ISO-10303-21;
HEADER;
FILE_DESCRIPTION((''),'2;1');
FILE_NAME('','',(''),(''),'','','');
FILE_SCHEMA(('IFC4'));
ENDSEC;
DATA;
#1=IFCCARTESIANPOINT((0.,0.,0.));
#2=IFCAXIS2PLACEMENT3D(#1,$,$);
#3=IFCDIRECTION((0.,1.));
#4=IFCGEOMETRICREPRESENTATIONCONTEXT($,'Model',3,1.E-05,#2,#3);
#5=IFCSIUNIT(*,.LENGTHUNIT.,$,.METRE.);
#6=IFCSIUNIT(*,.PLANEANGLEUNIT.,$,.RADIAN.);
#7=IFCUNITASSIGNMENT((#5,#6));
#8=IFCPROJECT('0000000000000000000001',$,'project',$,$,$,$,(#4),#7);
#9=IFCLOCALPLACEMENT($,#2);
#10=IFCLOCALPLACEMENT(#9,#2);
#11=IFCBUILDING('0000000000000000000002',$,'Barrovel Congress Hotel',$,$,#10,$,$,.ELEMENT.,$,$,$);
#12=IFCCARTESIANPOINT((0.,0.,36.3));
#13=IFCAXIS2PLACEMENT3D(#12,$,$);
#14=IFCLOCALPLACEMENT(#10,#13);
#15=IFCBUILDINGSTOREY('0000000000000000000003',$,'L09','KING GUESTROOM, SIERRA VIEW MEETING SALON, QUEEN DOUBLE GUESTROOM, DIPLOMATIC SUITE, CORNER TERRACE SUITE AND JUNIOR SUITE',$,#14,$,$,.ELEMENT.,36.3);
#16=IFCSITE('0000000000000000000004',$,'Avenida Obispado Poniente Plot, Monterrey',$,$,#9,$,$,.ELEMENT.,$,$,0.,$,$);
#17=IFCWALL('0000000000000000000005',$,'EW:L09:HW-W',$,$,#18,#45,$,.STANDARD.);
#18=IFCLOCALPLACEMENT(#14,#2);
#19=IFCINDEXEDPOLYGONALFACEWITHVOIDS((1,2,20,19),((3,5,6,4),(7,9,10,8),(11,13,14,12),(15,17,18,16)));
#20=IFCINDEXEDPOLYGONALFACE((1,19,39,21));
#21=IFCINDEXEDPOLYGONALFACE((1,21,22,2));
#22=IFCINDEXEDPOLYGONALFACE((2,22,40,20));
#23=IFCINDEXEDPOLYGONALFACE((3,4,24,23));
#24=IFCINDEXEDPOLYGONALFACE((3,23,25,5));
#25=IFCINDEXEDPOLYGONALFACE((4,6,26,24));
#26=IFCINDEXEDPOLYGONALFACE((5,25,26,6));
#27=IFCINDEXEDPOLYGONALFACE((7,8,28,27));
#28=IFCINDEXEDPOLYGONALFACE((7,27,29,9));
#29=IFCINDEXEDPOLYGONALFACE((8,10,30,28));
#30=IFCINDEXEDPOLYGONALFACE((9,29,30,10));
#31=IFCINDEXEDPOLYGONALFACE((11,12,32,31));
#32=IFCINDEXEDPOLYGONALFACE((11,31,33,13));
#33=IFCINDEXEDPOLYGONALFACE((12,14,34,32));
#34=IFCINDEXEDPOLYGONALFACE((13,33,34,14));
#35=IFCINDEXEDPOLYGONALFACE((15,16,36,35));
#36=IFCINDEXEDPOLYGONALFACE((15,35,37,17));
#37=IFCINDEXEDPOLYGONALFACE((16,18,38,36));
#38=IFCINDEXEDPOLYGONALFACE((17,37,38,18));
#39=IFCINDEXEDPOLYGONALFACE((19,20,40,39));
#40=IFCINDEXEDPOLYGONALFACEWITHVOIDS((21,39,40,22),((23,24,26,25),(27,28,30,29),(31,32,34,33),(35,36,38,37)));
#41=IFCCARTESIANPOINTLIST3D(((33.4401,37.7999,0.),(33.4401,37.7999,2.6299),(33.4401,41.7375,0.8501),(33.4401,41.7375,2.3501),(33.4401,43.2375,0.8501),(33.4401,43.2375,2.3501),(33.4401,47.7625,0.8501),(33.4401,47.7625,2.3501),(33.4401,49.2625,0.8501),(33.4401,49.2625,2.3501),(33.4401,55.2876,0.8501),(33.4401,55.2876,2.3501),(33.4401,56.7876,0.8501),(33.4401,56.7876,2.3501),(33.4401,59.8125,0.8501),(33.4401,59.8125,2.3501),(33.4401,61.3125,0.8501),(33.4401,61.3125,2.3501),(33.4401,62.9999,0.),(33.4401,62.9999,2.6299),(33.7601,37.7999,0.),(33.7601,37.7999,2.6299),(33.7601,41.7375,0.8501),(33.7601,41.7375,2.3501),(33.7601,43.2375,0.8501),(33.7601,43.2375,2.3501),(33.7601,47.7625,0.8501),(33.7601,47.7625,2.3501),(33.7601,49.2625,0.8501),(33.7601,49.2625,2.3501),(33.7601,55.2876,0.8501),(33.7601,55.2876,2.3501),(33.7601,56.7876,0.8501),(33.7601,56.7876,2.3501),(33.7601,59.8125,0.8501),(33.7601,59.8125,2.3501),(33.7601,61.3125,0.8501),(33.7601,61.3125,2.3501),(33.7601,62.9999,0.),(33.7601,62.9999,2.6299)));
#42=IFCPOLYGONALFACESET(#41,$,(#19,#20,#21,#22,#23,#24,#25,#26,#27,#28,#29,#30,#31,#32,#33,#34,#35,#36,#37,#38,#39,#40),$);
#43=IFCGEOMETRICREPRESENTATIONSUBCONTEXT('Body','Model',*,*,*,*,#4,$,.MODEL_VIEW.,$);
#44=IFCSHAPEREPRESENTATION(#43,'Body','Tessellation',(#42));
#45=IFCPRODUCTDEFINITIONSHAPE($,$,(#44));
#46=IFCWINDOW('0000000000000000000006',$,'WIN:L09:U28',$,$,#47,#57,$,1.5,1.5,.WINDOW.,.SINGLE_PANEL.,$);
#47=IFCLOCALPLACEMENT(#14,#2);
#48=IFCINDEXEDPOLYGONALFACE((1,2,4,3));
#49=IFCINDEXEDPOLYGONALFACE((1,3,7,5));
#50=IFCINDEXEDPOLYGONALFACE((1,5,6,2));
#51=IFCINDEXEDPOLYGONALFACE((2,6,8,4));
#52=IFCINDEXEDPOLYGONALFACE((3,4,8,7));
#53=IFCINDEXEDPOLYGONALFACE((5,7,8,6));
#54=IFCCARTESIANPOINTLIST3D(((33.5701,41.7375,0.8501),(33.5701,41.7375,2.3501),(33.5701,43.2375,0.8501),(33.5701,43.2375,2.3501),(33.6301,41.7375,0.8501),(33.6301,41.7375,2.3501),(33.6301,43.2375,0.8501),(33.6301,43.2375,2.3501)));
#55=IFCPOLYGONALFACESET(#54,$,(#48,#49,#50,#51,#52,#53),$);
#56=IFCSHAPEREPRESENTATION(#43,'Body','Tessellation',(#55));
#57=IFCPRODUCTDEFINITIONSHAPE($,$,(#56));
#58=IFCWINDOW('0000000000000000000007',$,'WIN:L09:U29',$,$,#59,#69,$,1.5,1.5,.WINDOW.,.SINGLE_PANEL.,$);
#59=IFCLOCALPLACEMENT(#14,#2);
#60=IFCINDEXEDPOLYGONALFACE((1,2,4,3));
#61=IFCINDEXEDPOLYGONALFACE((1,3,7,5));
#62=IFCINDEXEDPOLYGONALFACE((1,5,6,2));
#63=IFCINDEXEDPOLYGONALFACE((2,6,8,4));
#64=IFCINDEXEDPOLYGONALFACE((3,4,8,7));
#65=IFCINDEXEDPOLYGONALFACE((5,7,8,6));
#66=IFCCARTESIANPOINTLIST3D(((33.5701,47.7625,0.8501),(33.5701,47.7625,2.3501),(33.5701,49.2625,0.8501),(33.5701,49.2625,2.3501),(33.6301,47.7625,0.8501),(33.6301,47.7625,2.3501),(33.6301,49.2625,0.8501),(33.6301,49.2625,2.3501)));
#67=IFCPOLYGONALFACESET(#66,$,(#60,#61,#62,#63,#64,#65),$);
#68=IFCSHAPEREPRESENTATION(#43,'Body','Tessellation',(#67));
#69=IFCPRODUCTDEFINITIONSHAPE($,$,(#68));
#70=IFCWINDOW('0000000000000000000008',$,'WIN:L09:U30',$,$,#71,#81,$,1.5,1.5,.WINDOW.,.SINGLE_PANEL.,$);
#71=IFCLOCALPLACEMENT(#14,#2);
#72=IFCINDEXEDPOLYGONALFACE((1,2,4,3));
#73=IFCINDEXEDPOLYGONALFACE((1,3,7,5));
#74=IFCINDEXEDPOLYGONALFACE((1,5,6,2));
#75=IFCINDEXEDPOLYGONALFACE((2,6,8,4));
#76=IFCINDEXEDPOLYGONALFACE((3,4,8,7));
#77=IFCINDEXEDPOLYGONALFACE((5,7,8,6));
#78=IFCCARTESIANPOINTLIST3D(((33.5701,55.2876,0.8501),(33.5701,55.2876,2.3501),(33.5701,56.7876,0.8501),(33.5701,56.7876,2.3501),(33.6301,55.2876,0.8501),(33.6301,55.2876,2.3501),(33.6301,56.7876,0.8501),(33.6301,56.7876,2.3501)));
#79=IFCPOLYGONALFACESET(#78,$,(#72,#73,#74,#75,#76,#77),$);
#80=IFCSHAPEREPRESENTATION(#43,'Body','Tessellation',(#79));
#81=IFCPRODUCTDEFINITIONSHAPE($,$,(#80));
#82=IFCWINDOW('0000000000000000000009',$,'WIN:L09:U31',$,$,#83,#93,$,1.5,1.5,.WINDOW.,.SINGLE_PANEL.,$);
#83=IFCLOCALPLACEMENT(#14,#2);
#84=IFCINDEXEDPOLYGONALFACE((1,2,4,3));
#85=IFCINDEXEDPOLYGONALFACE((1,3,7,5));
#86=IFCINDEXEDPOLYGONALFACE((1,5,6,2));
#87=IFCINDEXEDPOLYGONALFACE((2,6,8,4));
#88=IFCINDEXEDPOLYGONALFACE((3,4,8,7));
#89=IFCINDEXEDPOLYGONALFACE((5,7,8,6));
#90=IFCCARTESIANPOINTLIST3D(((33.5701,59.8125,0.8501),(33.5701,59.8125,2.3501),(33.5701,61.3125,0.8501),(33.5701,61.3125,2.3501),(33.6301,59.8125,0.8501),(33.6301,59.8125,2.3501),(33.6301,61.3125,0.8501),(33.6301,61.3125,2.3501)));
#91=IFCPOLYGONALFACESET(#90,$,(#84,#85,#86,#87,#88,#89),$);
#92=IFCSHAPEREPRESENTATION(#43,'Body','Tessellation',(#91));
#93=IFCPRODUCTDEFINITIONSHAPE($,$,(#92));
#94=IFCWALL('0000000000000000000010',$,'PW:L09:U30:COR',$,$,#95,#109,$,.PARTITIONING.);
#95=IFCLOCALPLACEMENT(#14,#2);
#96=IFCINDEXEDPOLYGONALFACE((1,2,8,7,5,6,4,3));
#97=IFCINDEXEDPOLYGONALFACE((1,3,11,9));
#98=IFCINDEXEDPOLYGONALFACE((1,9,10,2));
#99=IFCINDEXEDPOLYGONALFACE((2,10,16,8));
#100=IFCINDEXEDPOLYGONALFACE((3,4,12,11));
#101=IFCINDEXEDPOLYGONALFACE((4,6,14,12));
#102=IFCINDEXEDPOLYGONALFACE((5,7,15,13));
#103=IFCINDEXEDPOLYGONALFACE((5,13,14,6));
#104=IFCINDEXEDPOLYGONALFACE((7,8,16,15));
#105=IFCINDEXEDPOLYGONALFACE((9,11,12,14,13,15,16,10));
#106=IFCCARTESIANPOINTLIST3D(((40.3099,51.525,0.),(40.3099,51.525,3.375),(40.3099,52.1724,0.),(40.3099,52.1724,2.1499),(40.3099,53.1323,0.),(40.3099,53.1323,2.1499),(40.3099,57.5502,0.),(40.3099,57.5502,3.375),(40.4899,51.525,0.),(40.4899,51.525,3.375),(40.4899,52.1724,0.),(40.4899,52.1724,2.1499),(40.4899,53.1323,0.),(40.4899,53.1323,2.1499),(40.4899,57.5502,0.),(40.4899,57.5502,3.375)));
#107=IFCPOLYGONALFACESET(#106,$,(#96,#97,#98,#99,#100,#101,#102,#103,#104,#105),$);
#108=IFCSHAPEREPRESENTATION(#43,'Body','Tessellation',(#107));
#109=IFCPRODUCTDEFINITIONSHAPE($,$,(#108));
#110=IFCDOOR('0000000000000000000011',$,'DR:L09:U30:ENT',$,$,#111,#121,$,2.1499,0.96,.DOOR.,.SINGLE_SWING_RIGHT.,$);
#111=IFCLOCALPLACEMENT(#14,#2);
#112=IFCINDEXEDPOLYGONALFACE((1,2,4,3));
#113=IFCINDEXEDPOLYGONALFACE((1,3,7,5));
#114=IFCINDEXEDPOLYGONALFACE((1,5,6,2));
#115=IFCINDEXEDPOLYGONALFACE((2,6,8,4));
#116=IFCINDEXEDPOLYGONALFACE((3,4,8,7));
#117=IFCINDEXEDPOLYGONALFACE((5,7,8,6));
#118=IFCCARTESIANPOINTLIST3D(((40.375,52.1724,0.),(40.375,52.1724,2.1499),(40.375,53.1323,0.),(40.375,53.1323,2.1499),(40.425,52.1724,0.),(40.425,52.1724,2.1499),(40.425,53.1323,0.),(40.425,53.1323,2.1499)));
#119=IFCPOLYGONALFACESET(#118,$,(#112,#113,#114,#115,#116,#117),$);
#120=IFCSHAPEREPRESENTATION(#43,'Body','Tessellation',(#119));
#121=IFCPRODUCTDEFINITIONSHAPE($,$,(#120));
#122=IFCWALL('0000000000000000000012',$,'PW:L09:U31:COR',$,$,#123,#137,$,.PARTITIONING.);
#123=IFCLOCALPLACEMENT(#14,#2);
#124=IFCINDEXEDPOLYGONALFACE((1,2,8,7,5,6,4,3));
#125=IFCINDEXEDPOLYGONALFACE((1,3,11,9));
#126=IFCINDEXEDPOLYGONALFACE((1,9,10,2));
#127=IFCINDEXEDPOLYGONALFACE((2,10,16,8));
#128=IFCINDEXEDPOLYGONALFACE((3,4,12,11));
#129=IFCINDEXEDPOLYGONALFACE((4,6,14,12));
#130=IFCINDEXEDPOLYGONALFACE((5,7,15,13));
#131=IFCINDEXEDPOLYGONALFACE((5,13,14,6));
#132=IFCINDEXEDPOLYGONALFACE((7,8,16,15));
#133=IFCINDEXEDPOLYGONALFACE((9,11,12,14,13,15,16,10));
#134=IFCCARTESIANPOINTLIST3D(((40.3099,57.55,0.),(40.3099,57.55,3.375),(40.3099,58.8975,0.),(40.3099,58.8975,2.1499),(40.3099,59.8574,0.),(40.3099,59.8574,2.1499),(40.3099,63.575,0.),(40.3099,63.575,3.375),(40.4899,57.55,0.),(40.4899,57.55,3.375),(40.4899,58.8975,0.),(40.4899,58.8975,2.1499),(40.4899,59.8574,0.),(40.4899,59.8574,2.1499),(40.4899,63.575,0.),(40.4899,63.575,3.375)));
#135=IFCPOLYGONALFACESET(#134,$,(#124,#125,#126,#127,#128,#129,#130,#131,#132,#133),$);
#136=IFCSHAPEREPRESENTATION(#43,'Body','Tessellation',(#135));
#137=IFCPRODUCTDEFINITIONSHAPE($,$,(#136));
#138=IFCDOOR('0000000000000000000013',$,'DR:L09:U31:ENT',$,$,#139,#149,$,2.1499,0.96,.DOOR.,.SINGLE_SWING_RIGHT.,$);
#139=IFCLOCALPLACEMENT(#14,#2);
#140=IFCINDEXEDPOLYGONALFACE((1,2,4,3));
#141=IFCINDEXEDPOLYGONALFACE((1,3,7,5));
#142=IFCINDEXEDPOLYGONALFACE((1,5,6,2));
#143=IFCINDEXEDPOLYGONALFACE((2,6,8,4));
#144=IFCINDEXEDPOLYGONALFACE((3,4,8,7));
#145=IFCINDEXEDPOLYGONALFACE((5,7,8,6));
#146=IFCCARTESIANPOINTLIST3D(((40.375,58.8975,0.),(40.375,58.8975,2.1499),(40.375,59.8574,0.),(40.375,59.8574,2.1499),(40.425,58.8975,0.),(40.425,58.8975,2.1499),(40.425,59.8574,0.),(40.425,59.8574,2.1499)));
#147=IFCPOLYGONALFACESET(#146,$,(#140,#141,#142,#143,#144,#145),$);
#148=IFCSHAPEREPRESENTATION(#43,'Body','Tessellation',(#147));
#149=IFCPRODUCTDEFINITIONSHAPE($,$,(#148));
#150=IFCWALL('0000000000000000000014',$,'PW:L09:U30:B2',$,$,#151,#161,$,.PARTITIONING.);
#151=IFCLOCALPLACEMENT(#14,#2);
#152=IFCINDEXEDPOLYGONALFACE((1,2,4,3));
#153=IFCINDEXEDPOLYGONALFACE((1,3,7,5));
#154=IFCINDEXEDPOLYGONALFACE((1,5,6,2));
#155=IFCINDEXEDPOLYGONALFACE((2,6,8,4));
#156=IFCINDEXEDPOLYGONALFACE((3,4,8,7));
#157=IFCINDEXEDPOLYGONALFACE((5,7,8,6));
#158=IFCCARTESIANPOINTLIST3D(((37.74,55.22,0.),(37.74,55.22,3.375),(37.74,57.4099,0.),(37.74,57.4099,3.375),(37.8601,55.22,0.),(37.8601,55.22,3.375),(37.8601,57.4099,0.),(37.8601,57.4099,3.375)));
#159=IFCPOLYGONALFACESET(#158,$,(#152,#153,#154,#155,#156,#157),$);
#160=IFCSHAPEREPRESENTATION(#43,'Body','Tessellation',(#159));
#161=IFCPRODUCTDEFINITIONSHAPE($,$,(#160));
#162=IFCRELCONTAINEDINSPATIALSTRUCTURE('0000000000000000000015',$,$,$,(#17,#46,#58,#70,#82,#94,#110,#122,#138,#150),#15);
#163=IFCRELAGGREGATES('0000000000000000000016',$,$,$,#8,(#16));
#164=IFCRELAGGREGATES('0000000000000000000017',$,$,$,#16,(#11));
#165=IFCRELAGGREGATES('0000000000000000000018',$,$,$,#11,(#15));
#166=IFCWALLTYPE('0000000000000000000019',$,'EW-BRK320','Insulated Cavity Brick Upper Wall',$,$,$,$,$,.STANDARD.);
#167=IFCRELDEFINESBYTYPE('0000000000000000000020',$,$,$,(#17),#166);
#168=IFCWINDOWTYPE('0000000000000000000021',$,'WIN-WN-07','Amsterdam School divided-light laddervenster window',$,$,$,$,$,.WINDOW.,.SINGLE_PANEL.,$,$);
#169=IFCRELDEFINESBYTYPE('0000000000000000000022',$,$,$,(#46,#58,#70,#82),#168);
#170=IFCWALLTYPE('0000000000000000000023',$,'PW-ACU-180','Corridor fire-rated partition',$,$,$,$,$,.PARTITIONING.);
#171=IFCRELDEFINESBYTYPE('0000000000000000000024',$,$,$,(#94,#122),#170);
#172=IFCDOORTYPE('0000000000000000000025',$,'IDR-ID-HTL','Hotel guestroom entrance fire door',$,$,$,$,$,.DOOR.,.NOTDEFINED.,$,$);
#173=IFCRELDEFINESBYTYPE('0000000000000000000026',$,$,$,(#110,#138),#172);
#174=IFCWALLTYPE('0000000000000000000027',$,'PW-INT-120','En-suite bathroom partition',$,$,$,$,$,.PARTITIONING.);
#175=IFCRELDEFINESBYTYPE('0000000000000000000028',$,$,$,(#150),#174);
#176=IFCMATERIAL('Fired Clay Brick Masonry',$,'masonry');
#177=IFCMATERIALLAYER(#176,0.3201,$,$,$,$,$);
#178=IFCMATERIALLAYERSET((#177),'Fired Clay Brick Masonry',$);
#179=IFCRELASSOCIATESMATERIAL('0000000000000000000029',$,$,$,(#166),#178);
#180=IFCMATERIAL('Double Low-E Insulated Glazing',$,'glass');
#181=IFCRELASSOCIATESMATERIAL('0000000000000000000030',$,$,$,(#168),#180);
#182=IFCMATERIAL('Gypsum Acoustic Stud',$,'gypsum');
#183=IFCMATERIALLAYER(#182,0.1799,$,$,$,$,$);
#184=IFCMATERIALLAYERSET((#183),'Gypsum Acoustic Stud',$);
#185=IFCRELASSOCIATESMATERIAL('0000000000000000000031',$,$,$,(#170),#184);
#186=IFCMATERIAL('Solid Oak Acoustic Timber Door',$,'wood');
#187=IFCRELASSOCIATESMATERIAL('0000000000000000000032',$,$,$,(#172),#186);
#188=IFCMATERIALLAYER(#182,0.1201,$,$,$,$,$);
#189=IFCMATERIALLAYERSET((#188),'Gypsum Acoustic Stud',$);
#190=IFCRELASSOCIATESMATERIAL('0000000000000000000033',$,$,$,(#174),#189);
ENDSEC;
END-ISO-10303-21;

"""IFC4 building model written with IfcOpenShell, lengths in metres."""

from ifc_helpers import new_model, si_unit, direction, frame, frame_2d, origin, place, context, subcontext, project, spatial, rectangle, extrude, material, layer, layer_set, type_object, element, fill, save


model = new_model("IFC4")

# Units and contexts
model_context = context("Model", 3, precision=1e-05, world=origin(), true_north=direction((0.0, 1.0)))
body_context = subcontext(model_context, "Body", "Model", "MODEL_VIEW")
ifc_project = project(units=[si_unit("LENGTHUNIT", "METRE"), si_unit("PLANEANGLEUNIT", "RADIAN")], contexts=[model_context])

# Site, building, storey
site_placement = place(None, origin())
site = spatial("IfcSite", under=ifc_project, at=site_placement, Name="Avenida Obispado Poniente Plot, Monterrey", CompositionType="ELEMENT", RefElevation=0.0)
building_placement = place(site_placement, origin())
building = spatial("IfcBuilding", under=site, at=building_placement, Name="Barrovel Congress Hotel", CompositionType="ELEMENT")
storey_placement = place(building_placement, frame((0.0, 0.0, 36.3)))
storey = spatial("IfcBuildingStorey", under=building, at=storey_placement, Name="L09", Description="KING GUESTROOM, SIERRA VIEW MEETING SALON, QUEEN DOUBLE GUESTROOM, DIPLOMATIC SUITE, CORNER TERRACE SUITE AND JUNIOR SUITE", CompositionType="ELEMENT", Elevation=36.3)

# Wall, openings, windows
ifc_material_1 = material(Name="Fired Clay Brick Masonry", Category="masonry")
ifc_layer_1 = layer(ifc_material_1, 0.3201)
ifc_layer_set_1 = layer_set([ifc_layer_1], Name="Fired Clay Brick Masonry")
wall_type_1 = type_object("IfcWallType", Name="EW-BRK320", Description="Insulated Cavity Brick Upper Wall", PredefinedType="STANDARD", material=ifc_layer_set_1)
wall_1_placement = place(storey_placement, frame((33.6001, 63.0, 0.0), z_axis=(0.0, 0.0, 1.0), x_axis=(0.0, -1.0, 0.0)))
wall_1 = element("IfcWall", 1, at=wall_1_placement, inside=storey, type_object=wall_type_1, Name="EW:L09:HW-W", PredefinedType="STANDARD", context=body_context, shape_type="SweptSolid", body=[
    extrude(rectangle(XDim=25.2, YDim=0.3201, at=frame_2d((12.6001, 0.0))), origin(), (0.0, 0.0, 1.0), 2.6299),
])
opening_1_placement = place(wall_1_placement, frame((19.7625, 0.0, 0.8501)))
opening_1 = element("IfcOpeningElement", 2, at=opening_1_placement, cuts=wall_1, PredefinedType="OPENING", context=body_context, shape_type="SweptSolid", body=[
    extrude(rectangle(XDim=1.5, YDim=1.5, at=frame_2d((0.75, 0.75))), frame((0.0, 0.1699, 0.0), z_axis=(0.0, -1.0, 0.0), x_axis=(1.0, 0.0, 0.0)), (0.0, 0.0, 1.0), 0.3401),
])
opening_2_placement = place(wall_1_placement, frame((13.7375, 0.0, 0.8501)))
opening_2 = element("IfcOpeningElement", 3, at=opening_2_placement, cuts=wall_1, PredefinedType="OPENING", context=body_context, shape_type="SweptSolid", body=[
    extrude(rectangle(XDim=1.5, YDim=1.5, at=frame_2d((0.75, 0.75))), frame((0.0, 0.1699, 0.0), z_axis=(0.0, -1.0, 0.0), x_axis=(1.0, 0.0, 0.0)), (0.0, 0.0, 1.0), 0.3401),
])
opening_3_placement = place(wall_1_placement, frame((6.2124, 0.0, 0.8501)))
opening_3 = element("IfcOpeningElement", 4, at=opening_3_placement, cuts=wall_1, PredefinedType="OPENING", context=body_context, shape_type="SweptSolid", body=[
    extrude(rectangle(XDim=1.5, YDim=1.5, at=frame_2d((0.75, 0.75))), frame((0.0, 0.1699, 0.0), z_axis=(0.0, -1.0, 0.0), x_axis=(1.0, 0.0, 0.0)), (0.0, 0.0, 1.0), 0.3401),
])
opening_4_placement = place(wall_1_placement, frame((1.6875, 0.0, 0.8501)))
opening_4 = element("IfcOpeningElement", 5, at=opening_4_placement, cuts=wall_1, PredefinedType="OPENING", context=body_context, shape_type="SweptSolid", body=[
    extrude(rectangle(XDim=1.5, YDim=1.5, at=frame_2d((0.75, 0.75))), frame((0.0, 0.1699, 0.0), z_axis=(0.0, -1.0, 0.0), x_axis=(1.0, 0.0, 0.0)), (0.0, 0.0, 1.0), 0.3401),
])
ifc_material_2 = material(Name="Double Low-E Insulated Glazing", Category="glass")
window_type = type_object("IfcWindowType", Name="WIN-WN-07", Description="Amsterdam School divided-light laddervenster window", PartitioningType="SINGLE_PANEL", PredefinedType="WINDOW", material=ifc_material_2)
window_1_placement = place(opening_1_placement, origin())
window_1 = element("IfcWindow", 6, at=window_1_placement, inside=storey, type_object=window_type, Name="WIN:L09:U28", OverallHeight=1.5, OverallWidth=1.5, PartitioningType="SINGLE_PANEL", PredefinedType="WINDOW", context=body_context, shape_type="SweptSolid", body=[
    extrude(rectangle(XDim=1.5, YDim=1.5, at=frame_2d((0.75, 0.75))), frame((0.0, 0.03, 0.0), z_axis=(0.0, -1.0, 0.0), x_axis=(1.0, 0.0, 0.0)), (0.0, 0.0, 1.0), 0.0601),
])
fill(opening_1, window_1)
window_2_placement = place(opening_2_placement, origin())
window_2 = element("IfcWindow", 7, at=window_2_placement, inside=storey, type_object=window_type, Name="WIN:L09:U29", OverallHeight=1.5, OverallWidth=1.5, PartitioningType="SINGLE_PANEL", PredefinedType="WINDOW", context=body_context, shape_type="SweptSolid", body=[
    extrude(rectangle(XDim=1.5, YDim=1.5, at=frame_2d((0.75, 0.75))), frame((0.0, 0.03, 0.0), z_axis=(0.0, -1.0, 0.0), x_axis=(1.0, 0.0, 0.0)), (0.0, 0.0, 1.0), 0.0601),
])
fill(opening_2, window_2)
window_3_placement = place(opening_3_placement, origin())
window_3 = element("IfcWindow", 8, at=window_3_placement, inside=storey, type_object=window_type, Name="WIN:L09:U30", OverallHeight=1.5, OverallWidth=1.5, PartitioningType="SINGLE_PANEL", PredefinedType="WINDOW", context=body_context, shape_type="SweptSolid", body=[
    extrude(rectangle(XDim=1.5, YDim=1.5, at=frame_2d((0.75, 0.75))), frame((0.0, 0.03, 0.0), z_axis=(0.0, -1.0, 0.0), x_axis=(1.0, 0.0, 0.0)), (0.0, 0.0, 1.0), 0.0601),
])
fill(opening_3, window_3)
window_4_placement = place(opening_4_placement, origin())
window_4 = element("IfcWindow", 9, at=window_4_placement, inside=storey, type_object=window_type, Name="WIN:L09:U31", OverallHeight=1.5, OverallWidth=1.5, PartitioningType="SINGLE_PANEL", PredefinedType="WINDOW", context=body_context, shape_type="SweptSolid", body=[
    extrude(rectangle(XDim=1.5, YDim=1.5, at=frame_2d((0.75, 0.75))), frame((0.0, 0.03, 0.0), z_axis=(0.0, -1.0, 0.0), x_axis=(1.0, 0.0, 0.0)), (0.0, 0.0, 1.0), 0.0601),
])
fill(opening_4, window_4)

# Walls, openings, doors
ifc_material_3 = material(Name="Gypsum Acoustic Stud", Category="gypsum")
ifc_layer_2 = layer(ifc_material_3, 0.1799)
ifc_layer_set_2 = layer_set([ifc_layer_2], Name="Gypsum Acoustic Stud")
wall_type_2 = type_object("IfcWallType", Name="PW-ACU-180", Description="Corridor fire-rated partition", PredefinedType="PARTITIONING", material=ifc_layer_set_2)
wall_2_placement = place(storey_placement, frame((40.3999, 51.5249, 0.0), z_axis=(0.0, 0.0, 1.0), x_axis=(0.0, 1.0, 0.0)))
wall_2 = element("IfcWall", 10, at=wall_2_placement, inside=storey, type_object=wall_type_2, Name="PW:L09:U30:COR", PredefinedType="PARTITIONING", context=body_context, shape_type="SweptSolid", body=[
    extrude(rectangle(XDim=6.0251, YDim=0.1799, at=frame_2d((3.0127, 0.0))), origin(), (0.0, 0.0, 1.0), 3.375),
])
opening_5_placement = place(wall_2_placement, frame((0.6475, 0.0, 0.0)))
opening_5 = element("IfcOpeningElement", 11, at=opening_5_placement, cuts=wall_2, PredefinedType="OPENING", context=body_context, shape_type="SweptSolid", body=[
    extrude(rectangle(XDim=0.96, YDim=2.1499, at=frame_2d((0.48, 1.075))), frame((0.0, 0.1001, 0.0), z_axis=(0.0, -1.0, 0.0), x_axis=(1.0, 0.0, 0.0)), (0.0, 0.0, 1.0), 0.2),
])
ifc_material_4 = material(Name="Solid Oak Acoustic Timber Door", Category="wood")
door_type_1 = type_object("IfcDoorType", Name="IDR-ID-HTL", Description="Hotel guestroom entrance fire door", OperationType="NOTDEFINED", PredefinedType="DOOR", material=ifc_material_4)
door_1_placement = place(opening_5_placement, origin())
door_1 = element("IfcDoor", 12, at=door_1_placement, inside=storey, type_object=door_type_1, Name="DR:L09:U30:ENT", OperationType="SINGLE_SWING_RIGHT", OverallHeight=2.1499, OverallWidth=0.96, PredefinedType="DOOR", context=body_context, shape_type="SweptSolid", body=[
    extrude(rectangle(XDim=0.96, YDim=2.1499, at=frame_2d((0.48, 1.075))), frame((0.0, 0.0249, 0.0), z_axis=(0.0, -1.0, 0.0), x_axis=(1.0, 0.0, 0.0)), (0.0, 0.0, 1.0), 0.05),
])
fill(opening_5, door_1)
wall_3_placement = place(storey_placement, frame((40.3999, 57.55, 0.0), z_axis=(0.0, 0.0, 1.0), x_axis=(0.0, 1.0, 0.0)))
wall_3 = element("IfcWall", 13, at=wall_3_placement, inside=storey, type_object=wall_type_2, Name="PW:L09:U31:COR", PredefinedType="PARTITIONING", context=body_context, shape_type="SweptSolid", body=[
    extrude(rectangle(XDim=6.0249, YDim=0.1799, at=frame_2d((3.0125, 0.0))), origin(), (0.0, 0.0, 1.0), 3.375),
])
opening_6_placement = place(wall_3_placement, frame((1.3474, 0.0, 0.0)))
opening_6 = element("IfcOpeningElement", 14, at=opening_6_placement, cuts=wall_3, PredefinedType="OPENING", context=body_context, shape_type="SweptSolid", body=[
    extrude(rectangle(XDim=0.96, YDim=2.1499, at=frame_2d((0.48, 1.075))), frame((0.0, 0.1001, 0.0), z_axis=(0.0, -1.0, 0.0), x_axis=(1.0, 0.0, 0.0)), (0.0, 0.0, 1.0), 0.2),
])
door_2_placement = place(opening_6_placement, origin())
door_2 = element("IfcDoor", 15, at=door_2_placement, inside=storey, type_object=door_type_1, Name="DR:L09:U31:ENT", OperationType="SINGLE_SWING_RIGHT", OverallHeight=2.1499, OverallWidth=0.96, PredefinedType="DOOR", context=body_context, shape_type="SweptSolid", body=[
    extrude(rectangle(XDim=0.96, YDim=2.1499, at=frame_2d((0.48, 1.075))), frame((0.0, 0.0249, 0.0), z_axis=(0.0, -1.0, 0.0), x_axis=(1.0, 0.0, 0.0)), (0.0, 0.0, 1.0), 0.05),
])
fill(opening_6, door_2)

# Wall
ifc_layer_3 = layer(ifc_material_3, 0.1201)
ifc_layer_set_3 = layer_set([ifc_layer_3], Name="Gypsum Acoustic Stud")
wall_type_3 = type_object("IfcWallType", Name="PW-INT-120", Description="En-suite bathroom partition", PredefinedType="PARTITIONING", material=ifc_layer_set_3)
for number, where, z_axis, x_axis, name in (
    (16, (37.8, 55.22, 0.0), (0.0, 0.0, 1.0), (0.0, 1.0, 0.0), "PW:L09:U30:B2"),
):
    element("IfcWall", number, at=place(storey_placement, frame(where, z_axis=z_axis, x_axis=x_axis)), inside=storey, type_object=wall_type_3, Name=name, PredefinedType="PARTITIONING", context=body_context, shape_type="SweptSolid", body=[
        extrude(rectangle(XDim=2.1899, YDim=0.1201, at=frame_2d((1.095, 0.0))), origin(), (0.0, 0.0, 1.0), 3.375),
    ])

save(model, "model.ifc")
